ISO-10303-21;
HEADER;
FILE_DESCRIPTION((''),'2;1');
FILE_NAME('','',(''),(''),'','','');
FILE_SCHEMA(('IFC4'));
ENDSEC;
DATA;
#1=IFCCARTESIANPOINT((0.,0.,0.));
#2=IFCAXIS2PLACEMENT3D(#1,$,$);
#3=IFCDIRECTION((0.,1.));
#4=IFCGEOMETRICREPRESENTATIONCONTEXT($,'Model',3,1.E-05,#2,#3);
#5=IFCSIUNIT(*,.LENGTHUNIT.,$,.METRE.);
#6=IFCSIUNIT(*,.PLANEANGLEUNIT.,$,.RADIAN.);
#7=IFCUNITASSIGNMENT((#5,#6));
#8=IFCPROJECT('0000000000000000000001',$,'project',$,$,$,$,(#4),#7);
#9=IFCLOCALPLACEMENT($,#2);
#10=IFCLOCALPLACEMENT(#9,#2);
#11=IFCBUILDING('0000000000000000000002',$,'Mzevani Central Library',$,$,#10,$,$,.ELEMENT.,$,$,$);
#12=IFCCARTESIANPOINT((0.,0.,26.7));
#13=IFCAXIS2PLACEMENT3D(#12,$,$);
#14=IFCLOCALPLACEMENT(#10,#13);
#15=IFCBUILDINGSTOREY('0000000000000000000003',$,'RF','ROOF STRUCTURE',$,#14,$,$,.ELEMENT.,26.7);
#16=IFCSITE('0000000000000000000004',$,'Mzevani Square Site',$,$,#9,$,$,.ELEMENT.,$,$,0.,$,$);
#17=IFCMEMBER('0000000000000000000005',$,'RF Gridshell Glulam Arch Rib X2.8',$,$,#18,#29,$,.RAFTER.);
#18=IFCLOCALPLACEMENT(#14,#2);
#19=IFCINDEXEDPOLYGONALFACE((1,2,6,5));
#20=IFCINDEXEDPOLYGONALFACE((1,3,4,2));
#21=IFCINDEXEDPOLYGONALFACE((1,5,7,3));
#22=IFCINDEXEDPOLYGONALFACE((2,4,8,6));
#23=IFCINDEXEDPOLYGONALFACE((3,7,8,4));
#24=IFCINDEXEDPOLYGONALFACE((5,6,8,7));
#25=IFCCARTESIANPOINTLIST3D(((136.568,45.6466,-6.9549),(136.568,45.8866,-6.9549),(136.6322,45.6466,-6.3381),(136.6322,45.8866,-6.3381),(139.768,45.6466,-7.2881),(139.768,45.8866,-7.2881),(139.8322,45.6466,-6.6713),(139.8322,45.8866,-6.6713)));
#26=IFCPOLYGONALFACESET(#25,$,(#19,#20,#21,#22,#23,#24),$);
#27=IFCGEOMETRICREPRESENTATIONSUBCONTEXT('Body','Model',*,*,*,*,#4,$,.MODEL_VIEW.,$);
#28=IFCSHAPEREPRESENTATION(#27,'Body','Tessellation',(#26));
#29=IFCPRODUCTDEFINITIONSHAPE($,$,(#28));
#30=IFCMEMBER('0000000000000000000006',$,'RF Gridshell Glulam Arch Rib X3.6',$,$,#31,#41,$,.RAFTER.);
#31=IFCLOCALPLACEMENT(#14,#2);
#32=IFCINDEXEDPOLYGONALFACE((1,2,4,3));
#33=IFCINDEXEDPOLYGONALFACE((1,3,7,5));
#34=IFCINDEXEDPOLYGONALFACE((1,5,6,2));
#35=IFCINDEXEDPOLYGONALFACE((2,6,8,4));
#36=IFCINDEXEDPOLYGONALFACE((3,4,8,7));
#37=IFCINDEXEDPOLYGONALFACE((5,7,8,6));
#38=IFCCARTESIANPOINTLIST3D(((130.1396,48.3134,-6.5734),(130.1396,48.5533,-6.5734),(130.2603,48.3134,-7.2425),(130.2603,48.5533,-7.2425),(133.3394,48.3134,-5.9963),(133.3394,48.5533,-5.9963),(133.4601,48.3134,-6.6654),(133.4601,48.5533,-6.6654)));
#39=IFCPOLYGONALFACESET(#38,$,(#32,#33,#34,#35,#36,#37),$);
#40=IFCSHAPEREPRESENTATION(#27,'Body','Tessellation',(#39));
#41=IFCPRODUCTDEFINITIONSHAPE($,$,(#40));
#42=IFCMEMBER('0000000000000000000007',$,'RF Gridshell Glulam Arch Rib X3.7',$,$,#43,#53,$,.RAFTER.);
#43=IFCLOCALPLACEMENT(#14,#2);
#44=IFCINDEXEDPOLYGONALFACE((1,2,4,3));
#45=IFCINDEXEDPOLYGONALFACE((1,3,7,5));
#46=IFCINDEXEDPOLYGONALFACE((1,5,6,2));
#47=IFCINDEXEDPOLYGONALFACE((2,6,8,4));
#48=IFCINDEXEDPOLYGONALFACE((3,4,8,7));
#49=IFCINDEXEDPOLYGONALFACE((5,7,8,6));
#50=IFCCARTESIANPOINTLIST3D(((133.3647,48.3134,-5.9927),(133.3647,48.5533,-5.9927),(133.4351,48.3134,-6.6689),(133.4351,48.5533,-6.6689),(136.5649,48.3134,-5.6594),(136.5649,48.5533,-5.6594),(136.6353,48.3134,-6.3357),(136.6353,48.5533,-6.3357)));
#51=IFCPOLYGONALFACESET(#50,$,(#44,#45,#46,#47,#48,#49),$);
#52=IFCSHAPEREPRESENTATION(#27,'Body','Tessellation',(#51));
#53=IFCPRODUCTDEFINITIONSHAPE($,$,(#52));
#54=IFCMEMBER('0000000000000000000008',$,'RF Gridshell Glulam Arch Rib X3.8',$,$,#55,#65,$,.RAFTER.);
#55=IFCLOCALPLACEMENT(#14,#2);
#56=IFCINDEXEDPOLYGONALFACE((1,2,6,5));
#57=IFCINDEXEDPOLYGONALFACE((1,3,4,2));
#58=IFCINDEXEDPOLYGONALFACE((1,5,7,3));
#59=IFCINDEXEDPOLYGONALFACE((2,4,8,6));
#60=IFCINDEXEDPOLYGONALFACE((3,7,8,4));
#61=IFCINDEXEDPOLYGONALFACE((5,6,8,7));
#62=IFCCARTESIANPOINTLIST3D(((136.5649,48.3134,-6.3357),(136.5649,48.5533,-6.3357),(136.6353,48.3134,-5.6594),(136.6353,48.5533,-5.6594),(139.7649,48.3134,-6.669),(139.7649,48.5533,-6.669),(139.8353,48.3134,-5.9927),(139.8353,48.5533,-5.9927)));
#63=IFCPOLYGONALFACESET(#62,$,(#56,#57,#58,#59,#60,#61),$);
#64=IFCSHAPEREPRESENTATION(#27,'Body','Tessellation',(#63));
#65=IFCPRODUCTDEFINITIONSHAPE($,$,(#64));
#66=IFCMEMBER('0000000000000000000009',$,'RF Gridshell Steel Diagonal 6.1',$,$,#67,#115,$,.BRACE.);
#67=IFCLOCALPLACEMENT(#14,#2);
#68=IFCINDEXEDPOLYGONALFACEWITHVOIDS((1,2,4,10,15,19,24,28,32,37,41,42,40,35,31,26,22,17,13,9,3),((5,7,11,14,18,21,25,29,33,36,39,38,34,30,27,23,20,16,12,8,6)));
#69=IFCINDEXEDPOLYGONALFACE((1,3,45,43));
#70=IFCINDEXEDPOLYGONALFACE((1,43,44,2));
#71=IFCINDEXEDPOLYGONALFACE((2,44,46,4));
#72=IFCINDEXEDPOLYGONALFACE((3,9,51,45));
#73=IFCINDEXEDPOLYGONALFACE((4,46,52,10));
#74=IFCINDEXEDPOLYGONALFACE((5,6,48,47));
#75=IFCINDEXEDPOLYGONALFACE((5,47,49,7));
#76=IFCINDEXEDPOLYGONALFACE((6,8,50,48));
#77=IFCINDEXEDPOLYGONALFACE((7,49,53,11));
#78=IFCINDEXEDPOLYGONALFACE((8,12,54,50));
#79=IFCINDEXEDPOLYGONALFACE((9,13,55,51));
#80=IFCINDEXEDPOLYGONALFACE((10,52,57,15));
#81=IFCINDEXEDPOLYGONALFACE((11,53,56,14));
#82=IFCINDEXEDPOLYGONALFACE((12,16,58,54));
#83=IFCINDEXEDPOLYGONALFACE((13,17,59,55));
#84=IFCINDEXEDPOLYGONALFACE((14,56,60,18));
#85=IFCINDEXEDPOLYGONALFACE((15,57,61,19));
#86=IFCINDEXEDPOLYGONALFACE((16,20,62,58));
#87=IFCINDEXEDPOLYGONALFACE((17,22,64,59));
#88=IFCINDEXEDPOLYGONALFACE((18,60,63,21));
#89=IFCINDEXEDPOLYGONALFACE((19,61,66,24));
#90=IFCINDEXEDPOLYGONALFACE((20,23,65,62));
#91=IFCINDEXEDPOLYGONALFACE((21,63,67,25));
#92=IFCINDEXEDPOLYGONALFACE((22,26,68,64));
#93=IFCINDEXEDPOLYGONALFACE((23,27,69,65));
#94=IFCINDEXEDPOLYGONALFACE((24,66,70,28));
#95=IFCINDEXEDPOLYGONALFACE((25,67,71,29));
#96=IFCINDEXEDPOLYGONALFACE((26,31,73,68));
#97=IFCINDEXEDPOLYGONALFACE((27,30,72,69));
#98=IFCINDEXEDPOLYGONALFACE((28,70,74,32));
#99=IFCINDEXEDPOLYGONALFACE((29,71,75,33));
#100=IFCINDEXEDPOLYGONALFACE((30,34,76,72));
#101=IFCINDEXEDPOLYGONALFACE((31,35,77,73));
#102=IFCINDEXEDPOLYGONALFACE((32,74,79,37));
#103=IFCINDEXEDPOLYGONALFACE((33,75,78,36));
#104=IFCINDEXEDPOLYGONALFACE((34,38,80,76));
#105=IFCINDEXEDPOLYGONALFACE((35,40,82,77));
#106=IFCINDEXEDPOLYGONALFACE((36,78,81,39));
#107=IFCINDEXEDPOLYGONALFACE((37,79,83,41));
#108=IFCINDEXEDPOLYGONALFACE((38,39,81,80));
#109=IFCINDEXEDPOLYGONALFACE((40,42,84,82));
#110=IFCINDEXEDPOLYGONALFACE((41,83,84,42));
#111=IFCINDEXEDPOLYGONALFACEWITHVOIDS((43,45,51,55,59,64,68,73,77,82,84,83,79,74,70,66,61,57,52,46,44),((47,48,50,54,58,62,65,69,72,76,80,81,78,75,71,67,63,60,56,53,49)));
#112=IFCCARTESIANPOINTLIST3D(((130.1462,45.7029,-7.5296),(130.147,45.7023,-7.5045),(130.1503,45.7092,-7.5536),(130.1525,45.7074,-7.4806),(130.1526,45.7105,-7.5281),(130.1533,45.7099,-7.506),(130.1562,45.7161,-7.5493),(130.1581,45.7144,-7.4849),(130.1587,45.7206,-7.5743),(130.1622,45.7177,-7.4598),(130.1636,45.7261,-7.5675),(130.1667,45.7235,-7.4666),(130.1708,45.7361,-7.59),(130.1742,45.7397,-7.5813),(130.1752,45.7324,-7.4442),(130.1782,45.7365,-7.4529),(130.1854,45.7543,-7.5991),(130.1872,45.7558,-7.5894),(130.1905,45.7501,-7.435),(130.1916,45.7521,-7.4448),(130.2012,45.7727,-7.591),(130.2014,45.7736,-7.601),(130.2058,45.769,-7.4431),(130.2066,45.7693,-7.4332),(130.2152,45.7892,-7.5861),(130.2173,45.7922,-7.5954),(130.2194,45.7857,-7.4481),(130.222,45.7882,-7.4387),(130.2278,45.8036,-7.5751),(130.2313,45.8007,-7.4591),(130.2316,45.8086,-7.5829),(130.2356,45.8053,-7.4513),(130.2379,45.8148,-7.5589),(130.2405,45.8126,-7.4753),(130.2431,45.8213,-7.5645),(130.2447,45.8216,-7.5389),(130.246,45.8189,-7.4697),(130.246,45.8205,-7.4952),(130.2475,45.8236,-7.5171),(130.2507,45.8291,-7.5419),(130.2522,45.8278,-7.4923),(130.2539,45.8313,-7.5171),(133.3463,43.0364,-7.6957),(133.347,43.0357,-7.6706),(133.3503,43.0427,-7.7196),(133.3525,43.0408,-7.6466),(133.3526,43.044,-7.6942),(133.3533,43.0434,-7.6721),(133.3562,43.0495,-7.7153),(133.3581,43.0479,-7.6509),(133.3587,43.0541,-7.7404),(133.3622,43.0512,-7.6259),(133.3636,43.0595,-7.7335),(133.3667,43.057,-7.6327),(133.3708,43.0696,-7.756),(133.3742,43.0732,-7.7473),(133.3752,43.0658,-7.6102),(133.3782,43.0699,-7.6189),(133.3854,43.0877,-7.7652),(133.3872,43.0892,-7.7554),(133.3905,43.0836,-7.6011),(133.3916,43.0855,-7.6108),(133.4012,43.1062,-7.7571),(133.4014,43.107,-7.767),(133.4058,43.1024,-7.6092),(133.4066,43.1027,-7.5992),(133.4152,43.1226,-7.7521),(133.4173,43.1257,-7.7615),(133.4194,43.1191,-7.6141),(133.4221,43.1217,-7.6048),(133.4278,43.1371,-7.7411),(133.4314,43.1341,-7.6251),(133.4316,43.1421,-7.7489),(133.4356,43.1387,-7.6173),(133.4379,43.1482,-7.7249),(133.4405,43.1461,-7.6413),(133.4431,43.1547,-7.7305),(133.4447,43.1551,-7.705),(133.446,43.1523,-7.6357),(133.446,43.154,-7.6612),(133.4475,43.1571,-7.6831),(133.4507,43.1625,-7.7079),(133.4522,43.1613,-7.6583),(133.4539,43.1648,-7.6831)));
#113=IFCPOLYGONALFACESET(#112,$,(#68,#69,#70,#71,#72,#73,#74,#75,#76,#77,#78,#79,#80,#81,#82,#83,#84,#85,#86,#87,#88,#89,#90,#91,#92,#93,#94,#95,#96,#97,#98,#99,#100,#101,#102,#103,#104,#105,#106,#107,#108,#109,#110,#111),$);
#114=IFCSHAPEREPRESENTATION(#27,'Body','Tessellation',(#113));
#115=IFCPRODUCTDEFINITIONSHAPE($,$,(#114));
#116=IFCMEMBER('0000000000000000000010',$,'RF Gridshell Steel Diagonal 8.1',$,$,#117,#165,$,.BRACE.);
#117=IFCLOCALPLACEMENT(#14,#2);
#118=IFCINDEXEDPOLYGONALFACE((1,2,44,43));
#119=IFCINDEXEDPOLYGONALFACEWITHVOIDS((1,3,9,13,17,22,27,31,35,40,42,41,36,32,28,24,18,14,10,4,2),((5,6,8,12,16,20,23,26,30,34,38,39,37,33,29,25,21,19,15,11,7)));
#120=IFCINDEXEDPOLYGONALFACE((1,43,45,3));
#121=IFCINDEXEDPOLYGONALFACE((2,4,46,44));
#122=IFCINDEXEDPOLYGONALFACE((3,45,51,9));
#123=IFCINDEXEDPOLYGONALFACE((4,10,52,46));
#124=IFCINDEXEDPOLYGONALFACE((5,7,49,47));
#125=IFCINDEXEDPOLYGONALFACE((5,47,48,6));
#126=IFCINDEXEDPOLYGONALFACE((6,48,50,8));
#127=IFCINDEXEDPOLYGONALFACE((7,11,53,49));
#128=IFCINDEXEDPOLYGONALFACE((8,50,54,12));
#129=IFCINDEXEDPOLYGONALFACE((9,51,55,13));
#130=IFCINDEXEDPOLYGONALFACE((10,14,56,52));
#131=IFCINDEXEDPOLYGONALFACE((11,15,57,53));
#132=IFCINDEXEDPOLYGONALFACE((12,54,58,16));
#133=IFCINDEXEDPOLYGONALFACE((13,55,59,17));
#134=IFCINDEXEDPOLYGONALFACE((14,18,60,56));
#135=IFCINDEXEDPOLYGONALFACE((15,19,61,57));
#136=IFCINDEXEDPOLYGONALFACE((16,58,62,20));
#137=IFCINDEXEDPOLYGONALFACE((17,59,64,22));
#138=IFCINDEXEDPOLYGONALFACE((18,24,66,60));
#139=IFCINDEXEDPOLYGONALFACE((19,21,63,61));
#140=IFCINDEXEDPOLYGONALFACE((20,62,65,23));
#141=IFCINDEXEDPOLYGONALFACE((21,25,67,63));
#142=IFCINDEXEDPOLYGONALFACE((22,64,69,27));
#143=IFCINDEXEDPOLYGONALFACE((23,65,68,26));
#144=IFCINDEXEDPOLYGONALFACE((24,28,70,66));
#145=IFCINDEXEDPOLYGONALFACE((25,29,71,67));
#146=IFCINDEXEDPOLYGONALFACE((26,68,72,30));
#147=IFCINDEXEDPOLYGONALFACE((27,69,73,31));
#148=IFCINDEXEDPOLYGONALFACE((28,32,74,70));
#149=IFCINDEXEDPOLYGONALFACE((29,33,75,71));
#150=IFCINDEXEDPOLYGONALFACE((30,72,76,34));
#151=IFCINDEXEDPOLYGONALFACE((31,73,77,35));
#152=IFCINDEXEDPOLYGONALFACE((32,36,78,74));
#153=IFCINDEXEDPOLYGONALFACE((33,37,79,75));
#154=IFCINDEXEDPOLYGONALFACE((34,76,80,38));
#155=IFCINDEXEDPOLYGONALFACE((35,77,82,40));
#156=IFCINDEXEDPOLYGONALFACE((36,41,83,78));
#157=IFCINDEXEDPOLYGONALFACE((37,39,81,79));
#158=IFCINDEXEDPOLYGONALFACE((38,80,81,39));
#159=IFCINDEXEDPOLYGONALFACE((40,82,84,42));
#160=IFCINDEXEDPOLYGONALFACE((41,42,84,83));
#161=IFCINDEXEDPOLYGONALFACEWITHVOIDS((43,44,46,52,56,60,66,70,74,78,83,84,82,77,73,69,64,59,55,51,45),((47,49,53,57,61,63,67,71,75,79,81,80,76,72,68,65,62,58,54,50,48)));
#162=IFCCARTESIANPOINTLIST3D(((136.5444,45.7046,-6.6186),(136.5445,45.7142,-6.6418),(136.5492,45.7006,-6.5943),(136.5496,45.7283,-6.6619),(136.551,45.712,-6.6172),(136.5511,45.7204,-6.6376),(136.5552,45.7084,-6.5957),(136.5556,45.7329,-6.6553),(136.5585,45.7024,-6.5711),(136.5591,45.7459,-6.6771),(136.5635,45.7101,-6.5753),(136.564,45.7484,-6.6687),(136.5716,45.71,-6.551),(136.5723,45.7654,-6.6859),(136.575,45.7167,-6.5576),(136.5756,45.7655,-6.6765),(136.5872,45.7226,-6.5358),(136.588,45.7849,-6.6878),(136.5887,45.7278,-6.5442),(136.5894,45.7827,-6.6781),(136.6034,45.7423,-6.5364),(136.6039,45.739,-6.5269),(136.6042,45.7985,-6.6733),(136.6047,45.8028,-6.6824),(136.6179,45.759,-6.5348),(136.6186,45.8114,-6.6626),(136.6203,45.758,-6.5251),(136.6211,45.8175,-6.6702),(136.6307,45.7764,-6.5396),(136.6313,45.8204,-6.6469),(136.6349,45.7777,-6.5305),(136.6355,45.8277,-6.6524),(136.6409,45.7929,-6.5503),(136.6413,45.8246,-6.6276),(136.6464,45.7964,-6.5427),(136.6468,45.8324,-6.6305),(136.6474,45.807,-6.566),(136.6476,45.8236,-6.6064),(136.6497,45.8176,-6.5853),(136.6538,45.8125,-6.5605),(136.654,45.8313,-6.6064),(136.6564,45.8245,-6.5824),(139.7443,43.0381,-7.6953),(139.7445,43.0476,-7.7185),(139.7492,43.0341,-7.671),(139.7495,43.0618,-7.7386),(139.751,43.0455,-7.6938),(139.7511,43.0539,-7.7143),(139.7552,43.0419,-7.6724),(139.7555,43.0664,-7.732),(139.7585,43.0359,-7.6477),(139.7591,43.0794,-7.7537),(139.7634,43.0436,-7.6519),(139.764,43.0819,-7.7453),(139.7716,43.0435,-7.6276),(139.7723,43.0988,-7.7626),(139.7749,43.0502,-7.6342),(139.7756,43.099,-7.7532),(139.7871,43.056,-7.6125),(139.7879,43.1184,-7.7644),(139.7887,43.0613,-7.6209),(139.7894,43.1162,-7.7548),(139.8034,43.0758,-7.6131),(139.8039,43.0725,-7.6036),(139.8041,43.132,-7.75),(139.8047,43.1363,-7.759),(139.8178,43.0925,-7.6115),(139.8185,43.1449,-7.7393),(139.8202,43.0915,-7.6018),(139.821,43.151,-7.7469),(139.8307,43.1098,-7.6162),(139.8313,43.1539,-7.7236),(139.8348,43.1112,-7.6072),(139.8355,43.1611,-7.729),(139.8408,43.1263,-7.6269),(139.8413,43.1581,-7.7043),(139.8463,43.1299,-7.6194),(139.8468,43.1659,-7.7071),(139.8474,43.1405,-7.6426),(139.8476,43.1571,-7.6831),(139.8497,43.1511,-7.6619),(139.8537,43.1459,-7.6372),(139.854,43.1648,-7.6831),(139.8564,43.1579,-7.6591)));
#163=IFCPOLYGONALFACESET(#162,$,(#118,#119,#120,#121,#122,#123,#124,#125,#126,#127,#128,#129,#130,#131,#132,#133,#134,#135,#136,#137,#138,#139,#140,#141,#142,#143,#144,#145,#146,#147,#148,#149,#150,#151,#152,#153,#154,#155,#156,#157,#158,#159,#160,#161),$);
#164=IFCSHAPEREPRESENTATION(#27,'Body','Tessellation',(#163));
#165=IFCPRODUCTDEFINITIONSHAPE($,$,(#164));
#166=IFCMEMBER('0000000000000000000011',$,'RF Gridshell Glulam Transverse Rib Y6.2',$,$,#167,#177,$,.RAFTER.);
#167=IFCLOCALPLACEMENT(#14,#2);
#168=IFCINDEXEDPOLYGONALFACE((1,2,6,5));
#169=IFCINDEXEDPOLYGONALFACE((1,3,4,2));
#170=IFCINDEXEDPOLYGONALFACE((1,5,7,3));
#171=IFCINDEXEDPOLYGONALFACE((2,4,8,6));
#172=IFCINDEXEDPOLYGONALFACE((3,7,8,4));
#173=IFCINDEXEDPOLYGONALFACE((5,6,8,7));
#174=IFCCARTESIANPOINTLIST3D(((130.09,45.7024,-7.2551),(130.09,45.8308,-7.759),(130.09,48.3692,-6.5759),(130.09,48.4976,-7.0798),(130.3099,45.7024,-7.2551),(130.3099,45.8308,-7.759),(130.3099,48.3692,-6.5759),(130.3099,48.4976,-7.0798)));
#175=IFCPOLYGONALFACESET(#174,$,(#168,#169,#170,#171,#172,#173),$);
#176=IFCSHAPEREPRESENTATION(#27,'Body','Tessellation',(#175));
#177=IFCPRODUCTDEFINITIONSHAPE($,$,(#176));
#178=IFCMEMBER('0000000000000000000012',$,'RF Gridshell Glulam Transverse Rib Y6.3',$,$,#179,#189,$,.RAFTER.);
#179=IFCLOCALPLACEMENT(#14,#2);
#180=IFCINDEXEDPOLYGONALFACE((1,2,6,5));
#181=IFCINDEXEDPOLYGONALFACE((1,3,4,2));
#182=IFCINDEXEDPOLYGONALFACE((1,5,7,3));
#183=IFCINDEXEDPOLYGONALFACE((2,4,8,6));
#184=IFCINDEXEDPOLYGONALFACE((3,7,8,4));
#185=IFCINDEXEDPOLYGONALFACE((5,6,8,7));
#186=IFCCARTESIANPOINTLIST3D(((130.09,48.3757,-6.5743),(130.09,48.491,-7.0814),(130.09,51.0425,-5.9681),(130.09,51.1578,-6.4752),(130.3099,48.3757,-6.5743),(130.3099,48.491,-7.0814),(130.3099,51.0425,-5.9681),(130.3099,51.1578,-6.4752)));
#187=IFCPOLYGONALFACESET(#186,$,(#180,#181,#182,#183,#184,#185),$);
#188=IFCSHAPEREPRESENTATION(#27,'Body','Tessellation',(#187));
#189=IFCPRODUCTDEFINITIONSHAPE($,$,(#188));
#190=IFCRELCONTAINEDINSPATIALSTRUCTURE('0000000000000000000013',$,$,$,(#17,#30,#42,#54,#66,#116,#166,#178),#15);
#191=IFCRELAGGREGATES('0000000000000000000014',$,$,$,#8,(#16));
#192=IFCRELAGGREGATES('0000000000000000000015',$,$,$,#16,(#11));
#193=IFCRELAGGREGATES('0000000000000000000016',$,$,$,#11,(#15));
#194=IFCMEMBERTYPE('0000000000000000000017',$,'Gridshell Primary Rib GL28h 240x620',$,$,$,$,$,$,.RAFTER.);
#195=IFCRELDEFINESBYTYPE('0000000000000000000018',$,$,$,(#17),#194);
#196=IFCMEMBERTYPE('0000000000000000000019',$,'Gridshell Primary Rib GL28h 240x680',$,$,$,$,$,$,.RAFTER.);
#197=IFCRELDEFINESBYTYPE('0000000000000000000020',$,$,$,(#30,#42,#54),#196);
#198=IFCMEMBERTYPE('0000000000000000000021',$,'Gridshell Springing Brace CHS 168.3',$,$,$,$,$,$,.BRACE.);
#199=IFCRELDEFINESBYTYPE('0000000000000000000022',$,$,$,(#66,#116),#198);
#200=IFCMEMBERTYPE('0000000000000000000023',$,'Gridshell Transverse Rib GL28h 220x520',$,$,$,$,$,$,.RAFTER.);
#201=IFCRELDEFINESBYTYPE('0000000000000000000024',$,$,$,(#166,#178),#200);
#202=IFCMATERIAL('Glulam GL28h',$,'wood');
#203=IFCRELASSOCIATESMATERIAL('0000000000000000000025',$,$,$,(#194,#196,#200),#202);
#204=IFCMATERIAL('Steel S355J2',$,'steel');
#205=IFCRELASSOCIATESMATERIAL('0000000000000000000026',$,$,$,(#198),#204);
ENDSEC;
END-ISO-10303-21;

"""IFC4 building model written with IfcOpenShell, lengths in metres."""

from ifc_helpers import new_model, si_unit, direction, frame, origin, origin_2d, place, context, subcontext, project, spatial, rectangle, hollow_circle, extrude, material, material_profile, profile_set, type_object, element, save


model = new_model("IFC4")

# Units and contexts
model_context = context("Model", 3, precision=1e-05, world=origin(), true_north=direction((0.0, 1.0)))
body_context = subcontext(model_context, "Body", "Model", "MODEL_VIEW")
ifc_project = project(units=[si_unit("LENGTHUNIT", "METRE"), si_unit("PLANEANGLEUNIT", "RADIAN")], contexts=[model_context])

# Site, building, storey
site_placement = place(None, origin())
site = spatial("IfcSite", under=ifc_project, at=site_placement, Name="Mzevani Square Site", CompositionType="ELEMENT", RefElevation=0.0)
building_placement = place(site_placement, origin())
building = spatial("IfcBuilding", under=site, at=building_placement, Name="Mzevani Central Library", CompositionType="ELEMENT")
storey_placement = place(building_placement, frame((0.0, 0.0, 26.7)))
storey = spatial("IfcBuildingStorey", under=building, at=storey_placement, Name="RF", Description="ROOF STRUCTURE", CompositionType="ELEMENT", Elevation=26.7)

# Members
ifc_material_1 = material(Name="Glulam GL28h", Category="wood")
ifc_material_2 = material(Name="Steel S355J2", Category="steel")
ifc_material_profile_1 = material_profile(ifc_material_1, rectangle(XDim=0.24, YDim=0.6201, at=origin_2d()), Name="GL28h 240x620")
ifc_profile_set_1 = profile_set([ifc_material_profile_1], Name="Glulam GL28h")
member_type_1 = type_object("IfcMemberType", Name="Gridshell Primary Rib GL28h 240x620", PredefinedType="RAFTER", material=ifc_profile_set_1)
member_1_placement = place(storey_placement, frame((136.6001, 45.7666, -6.6465), z_axis=(0.994621, 0.0, -0.103583), x_axis=(0.0, 1.0, 0.0)))
element("IfcMember", 1, at=member_1_placement, inside=storey, type_object=member_type_1, Name="RF Gridshell Glulam Arch Rib X2.8", PredefinedType="RAFTER", context=body_context, shape_type="SweptSolid", body=[
    extrude(rectangle(XDim=0.24, YDim=0.6201, at=origin_2d()), origin(), (0.0, 0.0, 1.0), 3.2173),
])
ifc_material_profile_2 = material_profile(ifc_material_1, rectangle(XDim=0.24, YDim=0.6799, at=origin_2d()), Name="GL28h 240x680")
ifc_profile_set_2 = profile_set([ifc_material_profile_2], Name="Glulam GL28h")
member_type_2 = type_object("IfcMemberType", Name="Gridshell Primary Rib GL28h 240x680", PredefinedType="RAFTER", material=ifc_profile_set_2)
member_2_placement = place(storey_placement, frame((130.2, 48.4333, -6.908), z_axis=(0.984121, 0.0, 0.177498), x_axis=(0.0, 1.0, 0.0)))
element("IfcMember", 2, at=member_2_placement, inside=storey, type_object=member_type_2, Name="RF Gridshell Glulam Arch Rib X3.6", PredefinedType="RAFTER", context=body_context, shape_type="SweptSolid", body=[
    extrude(rectangle(XDim=0.24, YDim=0.6799, at=origin_2d()), origin(), (0.0, 0.0, 1.0), 3.2515),
])
member_3_placement = place(storey_placement, frame((133.3999, 48.4333, -6.3308), z_axis=(0.994622, 0.0, 0.103575), x_axis=(0.0, 1.0, 0.0)))
element("IfcMember", 3, at=member_3_placement, inside=storey, type_object=member_type_2, Name="RF Gridshell Glulam Arch Rib X3.7", PredefinedType="RAFTER", context=body_context, shape_type="SweptSolid", body=[
    extrude(rectangle(XDim=0.24, YDim=0.6799, at=origin_2d()), origin(), (0.0, 0.0, 1.0), 3.2175),
])
member_4_placement = place(storey_placement, frame((136.6001, 48.4333, -5.9976), z_axis=(0.994621, 0.0, -0.103583), x_axis=(0.0, 1.0, 0.0)))
element("IfcMember", 4, at=member_4_placement, inside=storey, type_object=member_type_2, Name="RF Gridshell Glulam Arch Rib X3.8", PredefinedType="RAFTER", context=body_context, shape_type="SweptSolid", body=[
    extrude(rectangle(XDim=0.24, YDim=0.6799, at=origin_2d()), origin(), (0.0, 0.0, 1.0), 3.2173),
])
ifc_material_profile_3 = material_profile(ifc_material_2, hollow_circle(Radius=0.0842, WallThickness=0.01, at=origin_2d()), Name="CHS 168.3x10.0")
ifc_profile_set_3 = profile_set([ifc_material_profile_3], Name="Steel S355J2")
member_type_3 = type_object("IfcMemberType", Name="Gridshell Springing Brace CHS 168.3", PredefinedType="BRACE", material=ifc_profile_set_3)
member_5_placement = place(storey_placement, frame((130.2, 45.7666, -7.5171), z_axis=(0.767626, -0.639659, -0.039825), x_axis=(0.640167, 0.768236, 0.0)))
element("IfcMember", 5, at=member_5_placement, inside=storey, type_object=member_type_3, Name="RF Gridshell Steel Diagonal 6.1", PredefinedType="BRACE", context=body_context, shape_type="SweptSolid", body=[
    extrude(hollow_circle(Radius=0.0842, WallThickness=0.01, at=origin_2d()), origin(), (0.0, 0.0, 1.0), 4.1687),
])
member_6_placement = place(storey_placement, frame((136.6001, 45.7666, -6.6064), z_axis=(0.74379, -0.619797, -0.250257), x_axis=(0.640167, 0.768236, 0.0)))
element("IfcMember", 6, at=member_6_placement, inside=storey, type_object=member_type_3, Name="RF Gridshell Steel Diagonal 8.1", PredefinedType="BRACE", context=body_context, shape_type="SweptSolid", body=[
    extrude(hollow_circle(Radius=0.0842, WallThickness=0.01, at=origin_2d()), origin(), (0.0, 0.0, 1.0), 4.3022),
])
ifc_material_profile_4 = material_profile(ifc_material_1, rectangle(XDim=0.22, YDim=0.52, at=origin_2d()), Name="GL28h 220x520")
ifc_profile_set_4 = profile_set([ifc_material_profile_4], Name="Glulam GL28h")
member_type_4 = type_object("IfcMemberType", Name="Gridshell Transverse Rib GL28h 220x520", PredefinedType="RAFTER", material=ifc_profile_set_4)
member_7_placement = place(storey_placement, frame((130.2, 45.7666, -7.5071), z_axis=(0.0, 0.969063, 0.246813), x_axis=(-1.0, 0.0, 0.0)))
element("IfcMember", 7, at=member_7_placement, inside=storey, type_object=member_type_4, Name="RF Gridshell Glulam Transverse Rib Y6.2", PredefinedType="RAFTER", context=body_context, shape_type="SweptSolid", body=[
    extrude(rectangle(XDim=0.22, YDim=0.52, at=origin_2d()), origin(), (0.0, 0.0, 1.0), 2.752),
])
member_8_placement = place(storey_placement, frame((130.2, 48.4333, -6.8279), z_axis=(0.0, 0.975123, 0.221664), x_axis=(-1.0, 0.0, 0.0)))
element("IfcMember", 8, at=member_8_placement, inside=storey, type_object=member_type_4, Name="RF Gridshell Glulam Transverse Rib Y6.3", PredefinedType="RAFTER", context=body_context, shape_type="SweptSolid", body=[
    extrude(rectangle(XDim=0.22, YDim=0.52, at=origin_2d()), origin(), (0.0, 0.0, 1.0), 2.7349),
])

save(model, "model.ifc")
